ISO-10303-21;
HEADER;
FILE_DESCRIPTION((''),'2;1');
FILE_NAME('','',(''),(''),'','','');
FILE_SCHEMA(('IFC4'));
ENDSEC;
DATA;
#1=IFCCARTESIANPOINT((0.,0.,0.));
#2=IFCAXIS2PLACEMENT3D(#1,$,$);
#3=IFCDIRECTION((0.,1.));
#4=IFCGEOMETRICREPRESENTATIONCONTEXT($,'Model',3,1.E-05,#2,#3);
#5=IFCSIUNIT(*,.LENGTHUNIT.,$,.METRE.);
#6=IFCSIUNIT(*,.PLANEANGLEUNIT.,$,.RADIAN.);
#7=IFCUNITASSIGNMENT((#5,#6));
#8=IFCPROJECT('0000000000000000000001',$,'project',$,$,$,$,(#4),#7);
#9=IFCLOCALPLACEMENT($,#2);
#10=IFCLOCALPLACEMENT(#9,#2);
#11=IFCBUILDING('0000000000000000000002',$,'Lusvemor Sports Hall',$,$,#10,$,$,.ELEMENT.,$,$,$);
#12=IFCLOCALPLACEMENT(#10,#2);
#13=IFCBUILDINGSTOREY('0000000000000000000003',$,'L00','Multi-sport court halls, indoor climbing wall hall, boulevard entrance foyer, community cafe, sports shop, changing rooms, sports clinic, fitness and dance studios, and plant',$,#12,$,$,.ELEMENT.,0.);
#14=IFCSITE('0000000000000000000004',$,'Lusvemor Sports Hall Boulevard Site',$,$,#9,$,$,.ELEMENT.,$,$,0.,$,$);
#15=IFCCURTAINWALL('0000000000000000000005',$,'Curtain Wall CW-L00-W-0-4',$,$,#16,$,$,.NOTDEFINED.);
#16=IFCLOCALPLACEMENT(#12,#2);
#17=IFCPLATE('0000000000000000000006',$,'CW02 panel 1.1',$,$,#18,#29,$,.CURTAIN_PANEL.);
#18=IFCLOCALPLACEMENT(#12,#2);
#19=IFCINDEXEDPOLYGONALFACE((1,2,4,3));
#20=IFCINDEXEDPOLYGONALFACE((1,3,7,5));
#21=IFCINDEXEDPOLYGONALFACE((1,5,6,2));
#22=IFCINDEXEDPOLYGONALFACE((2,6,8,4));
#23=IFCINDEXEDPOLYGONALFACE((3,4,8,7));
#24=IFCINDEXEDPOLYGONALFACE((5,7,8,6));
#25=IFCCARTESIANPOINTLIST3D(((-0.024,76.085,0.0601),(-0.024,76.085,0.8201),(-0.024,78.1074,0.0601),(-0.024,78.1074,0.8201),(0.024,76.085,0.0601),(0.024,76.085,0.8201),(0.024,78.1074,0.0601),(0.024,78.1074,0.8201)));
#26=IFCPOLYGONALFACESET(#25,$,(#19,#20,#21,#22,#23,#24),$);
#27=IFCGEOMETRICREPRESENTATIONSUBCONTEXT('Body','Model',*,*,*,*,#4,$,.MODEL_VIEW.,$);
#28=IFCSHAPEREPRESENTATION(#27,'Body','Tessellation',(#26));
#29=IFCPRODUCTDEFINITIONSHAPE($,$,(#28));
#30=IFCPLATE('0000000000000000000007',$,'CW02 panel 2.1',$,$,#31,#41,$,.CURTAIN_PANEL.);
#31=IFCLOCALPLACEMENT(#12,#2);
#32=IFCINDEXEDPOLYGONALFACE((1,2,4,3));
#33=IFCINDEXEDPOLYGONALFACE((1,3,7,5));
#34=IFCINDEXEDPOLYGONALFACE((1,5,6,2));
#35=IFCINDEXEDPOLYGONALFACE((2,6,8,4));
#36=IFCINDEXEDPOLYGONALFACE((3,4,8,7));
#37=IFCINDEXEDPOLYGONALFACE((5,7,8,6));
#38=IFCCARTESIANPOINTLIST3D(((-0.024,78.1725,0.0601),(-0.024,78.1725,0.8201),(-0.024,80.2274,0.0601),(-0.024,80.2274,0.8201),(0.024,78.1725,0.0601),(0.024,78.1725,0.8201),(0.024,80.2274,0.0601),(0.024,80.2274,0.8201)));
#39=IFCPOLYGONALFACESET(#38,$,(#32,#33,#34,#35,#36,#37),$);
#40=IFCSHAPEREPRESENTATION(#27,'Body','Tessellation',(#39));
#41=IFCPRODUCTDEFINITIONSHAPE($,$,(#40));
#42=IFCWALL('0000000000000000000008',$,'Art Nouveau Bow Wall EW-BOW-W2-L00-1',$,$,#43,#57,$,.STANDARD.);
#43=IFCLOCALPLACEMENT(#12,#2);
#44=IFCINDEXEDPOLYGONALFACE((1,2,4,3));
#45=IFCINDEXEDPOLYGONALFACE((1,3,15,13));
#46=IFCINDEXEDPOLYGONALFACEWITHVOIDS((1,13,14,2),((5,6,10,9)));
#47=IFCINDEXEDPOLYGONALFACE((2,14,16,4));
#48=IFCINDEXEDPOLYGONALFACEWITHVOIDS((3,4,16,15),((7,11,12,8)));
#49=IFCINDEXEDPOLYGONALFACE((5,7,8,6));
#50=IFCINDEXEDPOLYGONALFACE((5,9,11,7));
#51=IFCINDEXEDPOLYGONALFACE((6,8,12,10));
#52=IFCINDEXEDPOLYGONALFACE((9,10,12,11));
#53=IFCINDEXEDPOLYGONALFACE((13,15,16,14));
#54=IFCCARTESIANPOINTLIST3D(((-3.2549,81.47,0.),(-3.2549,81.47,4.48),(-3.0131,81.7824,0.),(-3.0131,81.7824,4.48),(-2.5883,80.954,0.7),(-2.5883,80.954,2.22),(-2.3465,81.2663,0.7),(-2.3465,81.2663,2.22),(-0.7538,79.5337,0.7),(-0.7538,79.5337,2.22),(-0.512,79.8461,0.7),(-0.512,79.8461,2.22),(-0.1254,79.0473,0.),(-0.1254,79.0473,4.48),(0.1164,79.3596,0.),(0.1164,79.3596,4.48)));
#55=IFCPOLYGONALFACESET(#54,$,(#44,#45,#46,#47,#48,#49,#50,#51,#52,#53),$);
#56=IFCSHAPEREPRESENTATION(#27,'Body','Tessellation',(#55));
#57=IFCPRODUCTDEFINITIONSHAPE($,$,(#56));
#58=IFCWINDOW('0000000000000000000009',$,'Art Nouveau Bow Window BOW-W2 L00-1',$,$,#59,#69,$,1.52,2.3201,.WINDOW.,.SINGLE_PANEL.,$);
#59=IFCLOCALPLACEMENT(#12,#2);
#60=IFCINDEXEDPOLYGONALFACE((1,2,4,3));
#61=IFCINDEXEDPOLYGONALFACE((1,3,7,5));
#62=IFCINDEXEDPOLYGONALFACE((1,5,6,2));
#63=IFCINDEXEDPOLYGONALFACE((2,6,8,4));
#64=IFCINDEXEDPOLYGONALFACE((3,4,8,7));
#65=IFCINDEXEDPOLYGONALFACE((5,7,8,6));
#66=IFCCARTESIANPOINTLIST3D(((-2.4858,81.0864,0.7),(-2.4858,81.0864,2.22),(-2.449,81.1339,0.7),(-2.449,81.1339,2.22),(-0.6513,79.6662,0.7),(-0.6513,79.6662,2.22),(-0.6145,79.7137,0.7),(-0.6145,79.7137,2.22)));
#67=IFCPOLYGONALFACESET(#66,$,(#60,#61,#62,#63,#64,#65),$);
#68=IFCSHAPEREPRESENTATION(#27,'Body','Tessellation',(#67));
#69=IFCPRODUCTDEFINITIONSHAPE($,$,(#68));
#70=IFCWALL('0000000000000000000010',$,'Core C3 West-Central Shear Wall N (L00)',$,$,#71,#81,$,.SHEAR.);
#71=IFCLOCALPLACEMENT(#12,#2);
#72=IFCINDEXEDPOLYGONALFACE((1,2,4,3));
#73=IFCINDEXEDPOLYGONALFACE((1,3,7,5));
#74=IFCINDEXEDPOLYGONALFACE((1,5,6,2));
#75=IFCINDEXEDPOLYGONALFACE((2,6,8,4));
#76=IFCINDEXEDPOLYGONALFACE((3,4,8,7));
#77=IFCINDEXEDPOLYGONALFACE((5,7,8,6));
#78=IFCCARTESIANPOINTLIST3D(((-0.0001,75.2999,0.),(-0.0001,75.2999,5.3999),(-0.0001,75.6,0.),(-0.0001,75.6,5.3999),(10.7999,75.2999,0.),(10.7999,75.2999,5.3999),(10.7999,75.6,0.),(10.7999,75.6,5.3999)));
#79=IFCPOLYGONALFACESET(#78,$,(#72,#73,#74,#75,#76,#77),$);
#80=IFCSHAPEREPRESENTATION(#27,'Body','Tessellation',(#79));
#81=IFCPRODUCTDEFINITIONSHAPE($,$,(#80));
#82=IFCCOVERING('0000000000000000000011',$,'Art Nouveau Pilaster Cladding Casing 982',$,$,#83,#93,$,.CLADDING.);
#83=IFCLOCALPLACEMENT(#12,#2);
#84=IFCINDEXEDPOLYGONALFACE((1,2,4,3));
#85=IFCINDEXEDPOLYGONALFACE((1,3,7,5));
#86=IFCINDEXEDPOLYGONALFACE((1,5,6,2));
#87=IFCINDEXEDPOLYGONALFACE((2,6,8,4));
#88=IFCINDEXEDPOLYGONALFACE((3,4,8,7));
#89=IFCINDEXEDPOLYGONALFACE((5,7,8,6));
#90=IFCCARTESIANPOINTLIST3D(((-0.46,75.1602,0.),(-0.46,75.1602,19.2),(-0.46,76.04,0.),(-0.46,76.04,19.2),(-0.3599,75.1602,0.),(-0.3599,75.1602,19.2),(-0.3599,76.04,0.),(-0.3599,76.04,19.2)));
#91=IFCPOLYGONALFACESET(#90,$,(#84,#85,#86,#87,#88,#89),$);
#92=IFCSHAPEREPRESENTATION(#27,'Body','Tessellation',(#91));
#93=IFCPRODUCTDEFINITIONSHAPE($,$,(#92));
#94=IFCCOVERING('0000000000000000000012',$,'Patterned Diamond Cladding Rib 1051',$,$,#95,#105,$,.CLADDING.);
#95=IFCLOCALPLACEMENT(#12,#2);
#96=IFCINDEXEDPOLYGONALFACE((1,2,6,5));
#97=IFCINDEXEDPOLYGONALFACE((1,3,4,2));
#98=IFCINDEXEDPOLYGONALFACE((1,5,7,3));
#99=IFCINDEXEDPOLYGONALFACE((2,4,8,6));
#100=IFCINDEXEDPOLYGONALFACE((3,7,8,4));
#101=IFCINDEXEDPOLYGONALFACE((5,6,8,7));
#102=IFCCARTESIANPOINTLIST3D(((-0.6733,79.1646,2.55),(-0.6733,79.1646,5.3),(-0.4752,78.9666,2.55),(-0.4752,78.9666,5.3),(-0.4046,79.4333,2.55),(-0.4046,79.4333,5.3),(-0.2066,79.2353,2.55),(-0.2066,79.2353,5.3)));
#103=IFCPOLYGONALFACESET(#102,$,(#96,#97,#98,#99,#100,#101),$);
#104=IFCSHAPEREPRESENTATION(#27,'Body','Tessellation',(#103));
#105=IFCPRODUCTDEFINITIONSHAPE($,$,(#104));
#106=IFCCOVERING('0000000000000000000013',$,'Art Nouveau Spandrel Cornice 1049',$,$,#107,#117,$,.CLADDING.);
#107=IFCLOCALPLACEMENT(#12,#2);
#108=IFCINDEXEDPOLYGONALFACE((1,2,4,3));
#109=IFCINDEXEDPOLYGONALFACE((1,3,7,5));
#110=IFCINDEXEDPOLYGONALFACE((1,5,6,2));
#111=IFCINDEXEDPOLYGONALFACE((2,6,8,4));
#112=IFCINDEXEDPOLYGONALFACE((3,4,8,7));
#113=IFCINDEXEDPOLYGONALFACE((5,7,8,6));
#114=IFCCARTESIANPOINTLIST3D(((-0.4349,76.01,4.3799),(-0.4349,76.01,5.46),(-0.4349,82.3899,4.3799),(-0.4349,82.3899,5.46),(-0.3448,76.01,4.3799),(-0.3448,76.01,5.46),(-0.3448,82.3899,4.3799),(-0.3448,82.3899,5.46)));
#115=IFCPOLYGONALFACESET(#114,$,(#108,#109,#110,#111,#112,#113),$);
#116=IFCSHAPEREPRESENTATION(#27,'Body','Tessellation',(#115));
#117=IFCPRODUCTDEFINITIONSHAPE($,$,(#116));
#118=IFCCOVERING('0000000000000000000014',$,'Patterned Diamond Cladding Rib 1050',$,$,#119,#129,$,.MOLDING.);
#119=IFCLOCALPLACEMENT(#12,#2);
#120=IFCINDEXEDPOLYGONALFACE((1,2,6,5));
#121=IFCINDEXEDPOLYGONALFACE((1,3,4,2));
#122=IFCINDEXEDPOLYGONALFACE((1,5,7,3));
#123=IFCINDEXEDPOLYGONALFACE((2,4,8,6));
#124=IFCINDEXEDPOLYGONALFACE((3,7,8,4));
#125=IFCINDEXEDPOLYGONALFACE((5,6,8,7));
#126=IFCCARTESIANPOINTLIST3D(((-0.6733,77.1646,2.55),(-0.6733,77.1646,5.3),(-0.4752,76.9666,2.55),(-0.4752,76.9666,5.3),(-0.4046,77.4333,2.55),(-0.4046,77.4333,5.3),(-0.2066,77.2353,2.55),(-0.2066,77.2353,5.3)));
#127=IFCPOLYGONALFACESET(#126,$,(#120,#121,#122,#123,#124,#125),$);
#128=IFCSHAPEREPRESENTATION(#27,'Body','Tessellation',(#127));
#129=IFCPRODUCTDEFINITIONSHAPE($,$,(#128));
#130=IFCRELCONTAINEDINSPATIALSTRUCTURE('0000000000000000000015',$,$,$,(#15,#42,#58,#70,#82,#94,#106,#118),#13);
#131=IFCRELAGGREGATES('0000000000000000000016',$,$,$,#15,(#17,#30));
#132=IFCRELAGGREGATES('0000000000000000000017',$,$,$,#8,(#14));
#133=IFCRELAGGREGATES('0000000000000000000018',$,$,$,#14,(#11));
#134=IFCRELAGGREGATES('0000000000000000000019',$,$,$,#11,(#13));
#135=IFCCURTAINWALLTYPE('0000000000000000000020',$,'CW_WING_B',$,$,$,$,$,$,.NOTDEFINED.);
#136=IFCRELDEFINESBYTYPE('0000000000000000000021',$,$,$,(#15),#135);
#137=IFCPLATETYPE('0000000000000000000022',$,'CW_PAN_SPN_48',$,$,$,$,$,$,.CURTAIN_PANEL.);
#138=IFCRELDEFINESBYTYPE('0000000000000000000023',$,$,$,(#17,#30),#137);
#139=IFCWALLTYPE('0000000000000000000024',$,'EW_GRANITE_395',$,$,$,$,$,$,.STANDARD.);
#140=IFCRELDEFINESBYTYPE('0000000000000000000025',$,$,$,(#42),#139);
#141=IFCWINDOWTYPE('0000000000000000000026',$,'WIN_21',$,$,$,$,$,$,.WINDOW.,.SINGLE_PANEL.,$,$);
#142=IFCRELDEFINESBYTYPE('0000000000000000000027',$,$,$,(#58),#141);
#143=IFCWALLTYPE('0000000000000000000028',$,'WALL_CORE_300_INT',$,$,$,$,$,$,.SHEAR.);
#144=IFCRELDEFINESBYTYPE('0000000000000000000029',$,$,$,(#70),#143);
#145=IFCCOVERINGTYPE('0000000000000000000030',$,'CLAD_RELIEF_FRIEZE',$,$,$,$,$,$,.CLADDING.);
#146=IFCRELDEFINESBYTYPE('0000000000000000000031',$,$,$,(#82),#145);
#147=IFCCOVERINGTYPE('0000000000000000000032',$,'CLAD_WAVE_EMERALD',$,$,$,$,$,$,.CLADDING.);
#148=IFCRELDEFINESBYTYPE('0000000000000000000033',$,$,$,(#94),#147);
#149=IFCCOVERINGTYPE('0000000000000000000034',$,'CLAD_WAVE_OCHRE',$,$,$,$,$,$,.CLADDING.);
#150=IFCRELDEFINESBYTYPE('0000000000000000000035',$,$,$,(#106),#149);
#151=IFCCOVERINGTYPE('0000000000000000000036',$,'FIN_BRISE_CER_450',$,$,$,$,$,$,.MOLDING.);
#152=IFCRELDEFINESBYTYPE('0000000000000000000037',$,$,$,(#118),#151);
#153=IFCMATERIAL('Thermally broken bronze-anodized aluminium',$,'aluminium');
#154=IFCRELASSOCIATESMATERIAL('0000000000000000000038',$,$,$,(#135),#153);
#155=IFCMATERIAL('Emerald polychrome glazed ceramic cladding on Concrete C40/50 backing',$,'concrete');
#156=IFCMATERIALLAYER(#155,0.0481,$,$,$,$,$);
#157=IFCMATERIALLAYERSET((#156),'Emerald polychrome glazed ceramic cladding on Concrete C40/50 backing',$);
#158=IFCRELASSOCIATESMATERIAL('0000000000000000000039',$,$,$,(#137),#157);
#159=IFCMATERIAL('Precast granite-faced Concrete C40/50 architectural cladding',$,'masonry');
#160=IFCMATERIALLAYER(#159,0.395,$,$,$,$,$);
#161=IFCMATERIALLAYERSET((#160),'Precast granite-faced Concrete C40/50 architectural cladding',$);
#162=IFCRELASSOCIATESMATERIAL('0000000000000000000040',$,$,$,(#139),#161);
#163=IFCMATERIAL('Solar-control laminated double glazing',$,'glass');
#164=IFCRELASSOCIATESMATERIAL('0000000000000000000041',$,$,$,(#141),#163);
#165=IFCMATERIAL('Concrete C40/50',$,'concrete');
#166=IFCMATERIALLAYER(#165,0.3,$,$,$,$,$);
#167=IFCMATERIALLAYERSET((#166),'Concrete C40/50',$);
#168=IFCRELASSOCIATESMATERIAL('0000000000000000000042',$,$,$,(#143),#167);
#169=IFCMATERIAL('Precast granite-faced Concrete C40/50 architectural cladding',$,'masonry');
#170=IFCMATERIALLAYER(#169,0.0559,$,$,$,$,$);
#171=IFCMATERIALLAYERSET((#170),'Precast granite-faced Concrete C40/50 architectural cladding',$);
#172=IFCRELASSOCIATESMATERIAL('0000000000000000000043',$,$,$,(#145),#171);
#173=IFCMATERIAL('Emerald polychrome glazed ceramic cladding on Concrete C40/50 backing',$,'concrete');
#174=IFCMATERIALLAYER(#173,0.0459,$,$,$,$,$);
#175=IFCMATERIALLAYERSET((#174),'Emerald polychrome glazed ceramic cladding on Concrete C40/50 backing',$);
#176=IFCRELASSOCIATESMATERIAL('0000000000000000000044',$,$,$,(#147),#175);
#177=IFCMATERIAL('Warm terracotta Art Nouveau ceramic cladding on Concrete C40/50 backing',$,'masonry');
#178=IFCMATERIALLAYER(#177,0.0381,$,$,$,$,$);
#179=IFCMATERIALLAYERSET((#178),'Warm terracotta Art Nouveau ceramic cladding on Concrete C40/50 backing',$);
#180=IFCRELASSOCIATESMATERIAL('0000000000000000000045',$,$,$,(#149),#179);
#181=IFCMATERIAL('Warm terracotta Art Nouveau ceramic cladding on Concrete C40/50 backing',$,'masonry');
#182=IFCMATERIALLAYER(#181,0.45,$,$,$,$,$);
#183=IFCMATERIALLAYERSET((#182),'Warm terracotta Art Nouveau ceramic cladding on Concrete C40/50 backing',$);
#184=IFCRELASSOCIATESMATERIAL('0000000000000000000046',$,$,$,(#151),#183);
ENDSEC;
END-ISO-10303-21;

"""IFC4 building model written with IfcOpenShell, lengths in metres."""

from ifc_helpers import new_model, si_unit, direction, frame, frame_2d, origin, origin_2d, place, context, subcontext, project, spatial, rectangle, extrude, material, layer, layer_set, type_object, element, fill, aggregate, save


model = new_model("IFC4")

# Units and contexts
model_context = context("Model", 3, precision=1e-05, world=origin(), true_north=direction((0.0, 1.0)))
body_context = subcontext(model_context, "Body", "Model", "MODEL_VIEW")
ifc_project = project(units=[si_unit("LENGTHUNIT", "METRE"), si_unit("PLANEANGLEUNIT", "RADIAN")], contexts=[model_context])

# Site, building, storey
site_placement = place(None, origin())
site = spatial("IfcSite", under=ifc_project, at=site_placement, Name="Lusvemor Sports Hall Boulevard Site", CompositionType="ELEMENT", RefElevation=0.0)
building_placement = place(site_placement, origin())
building = spatial("IfcBuilding", under=site, at=building_placement, Name="Lusvemor Sports Hall", CompositionType="ELEMENT")
storey_placement = place(building_placement, origin())
storey = spatial("IfcBuildingStorey", under=building, at=storey_placement, Name="L00", Description="Multi-sport court halls, indoor climbing wall hall, boulevard entrance foyer, community cafe, sports shop, changing rooms, sports clinic, fitness and dance studios, and plant", CompositionType="ELEMENT", Elevation=0.0)

# Curtain wall, plates
ifc_material_1 = material(Name="Thermally broken bronze-anodized aluminium", Category="aluminium")
curtain_wall_type = type_object("IfcCurtainWallType", Name="CW_WING_B", PredefinedType="NOTDEFINED", material=ifc_material_1)
curtain_wall_placement = place(storey_placement, origin())
curtain_wall = element("IfcCurtainWall", 1, at=curtain_wall_placement, inside=storey, type_object=curtain_wall_type, Name="Curtain Wall CW-L00-W-0-4", PredefinedType="NOTDEFINED")
ifc_material_2 = material(Name="Emerald polychrome glazed ceramic cladding on Concrete C40/50 backing", Category="concrete")
ifc_layer_1 = layer(ifc_material_2, 0.0481)
ifc_layer_set_1 = layer_set([ifc_layer_1], Name="Emerald polychrome glazed ceramic cladding on Concrete C40/50 backing")
plate_type_1 = type_object("IfcPlateType", Name="CW_PAN_SPN_48", PredefinedType="CURTAIN_PANEL", material=ifc_layer_set_1)
plate_1_placement = place(storey_placement, frame((0.0, 77.0962, 0.0601), z_axis=(0.0, 0.0, 1.0), x_axis=(0.0, 1.0, 0.0)))
plate_1 = element("IfcPlate", 2, at=plate_1_placement, type_object=plate_type_1, Name="CW02 panel 1.1", PredefinedType="CURTAIN_PANEL", context=body_context, shape_type="SweptSolid", body=[
    extrude(rectangle(XDim=2.0225, YDim=0.0481, at=origin_2d()), origin(), (0.0, 0.0, 1.0), 0.76),
])
plate_2_placement = place(storey_placement, frame((0.0, 79.2, 0.0601), z_axis=(0.0, 0.0, 1.0), x_axis=(0.0, 1.0, 0.0)))
plate_2 = element("IfcPlate", 3, at=plate_2_placement, type_object=plate_type_1, Name="CW02 panel 2.1", PredefinedType="CURTAIN_PANEL", context=body_context, shape_type="SweptSolid", body=[
    extrude(rectangle(XDim=2.0549, YDim=0.0481, at=origin_2d()), origin(), (0.0, 0.0, 1.0), 0.76),
])
aggregate(curtain_wall, [plate_1, plate_2])

# Wall, opening, window
ifc_material_3 = material(Name="Precast granite-faced Concrete C40/50 architectural cladding", Category="masonry")
ifc_layer_2 = layer(ifc_material_3, 0.395)
ifc_layer_set_2 = layer_set([ifc_layer_2], Name="Precast granite-faced Concrete C40/50 architectural cladding")
wall_type_1 = type_object("IfcWallType", Name="EW_GRANITE_395", PredefinedType="STANDARD", material=ifc_layer_set_2)
wall_1_placement = place(storey_placement, frame((-0.0044, 79.2034, 0.0), z_axis=(0.0, 0.0, 1.0), x_axis=(-0.790735, 0.612158, 0.0)))
wall_1 = element("IfcWall", 4, at=wall_1_placement, inside=storey, type_object=wall_type_1, Name="Art Nouveau Bow Wall EW-BOW-W2-L00-1", PredefinedType="STANDARD", context=body_context, shape_type="SweptSolid", body=[
    extrude(rectangle(XDim=3.9578, YDim=0.395, at=frame_2d((1.979, 0.0))), origin(), (0.0, 0.0, 1.0), 4.48),
])
opening_placement = place(wall_1_placement, frame((0.7947, 0.0, 0.7)))
opening = element("IfcOpeningElement", 5, at=opening_placement, cuts=wall_1, PredefinedType="OPENING", context=body_context, shape_type="SweptSolid", body=[
    extrude(rectangle(XDim=2.3201, YDim=1.52, at=frame_2d((1.1602, 0.76))), frame((0.0, 0.1975, 0.0), z_axis=(0.0, -1.0, 0.0), x_axis=(1.0, 0.0, 0.0)), (0.0, 0.0, 1.0), 0.395),
])
ifc_material_4 = material(Name="Solar-control laminated double glazing", Category="glass")
window_type = type_object("IfcWindowType", Name="WIN_21", PartitioningType="SINGLE_PANEL", PredefinedType="WINDOW", material=ifc_material_4)
window_placement = place(opening_placement, origin())
window = element("IfcWindow", 6, at=window_placement, inside=storey, type_object=window_type, Name="Art Nouveau Bow Window BOW-W2 L00-1", OverallHeight=1.52, OverallWidth=2.3201, PartitioningType="SINGLE_PANEL", PredefinedType="WINDOW", context=body_context, shape_type="SweptSolid", body=[
    extrude(rectangle(XDim=2.3201, YDim=1.52, at=frame_2d((1.1602, 0.76))), frame((0.0, 0.03, 0.0), z_axis=(0.0, -1.0, 0.0), x_axis=(1.0, 0.0, 0.0)), (0.0, 0.0, 1.0), 0.0601),
])
fill(opening, window)

# Wall
ifc_material_5 = material(Name="Concrete C40/50", Category="concrete")
ifc_layer_3 = layer(ifc_material_5, 0.3)
ifc_layer_set_3 = layer_set([ifc_layer_3], Name="Concrete C40/50")
wall_type_2 = type_object("IfcWallType", Name="WALL_CORE_300_INT", PredefinedType="SHEAR", material=ifc_layer_set_3)
wall_2_placement = place(storey_placement, frame((0.0, 75.45, 0.0), z_axis=(0.0, 0.0, 1.0), x_axis=(1.0, 0.0, 0.0)))
element("IfcWall", 7, at=wall_2_placement, inside=storey, type_object=wall_type_2, Name="Core C3 West-Central Shear Wall N (L00)", PredefinedType="SHEAR", context=body_context, shape_type="SweptSolid", body=[
    extrude(rectangle(XDim=10.8, YDim=0.3, at=frame_2d((5.3999, 0.0))), origin(), (0.0, 0.0, 1.0), 5.3999),
])

# Coverings
ifc_material_6 = material(Name="Precast granite-faced Concrete C40/50 architectural cladding", Category="masonry")
ifc_layer_4 = layer(ifc_material_6, 0.0559)
ifc_layer_set_4 = layer_set([ifc_layer_4], Name="Precast granite-faced Concrete C40/50 architectural cladding")
covering_type_1 = type_object("IfcCoveringType", Name="CLAD_RELIEF_FRIEZE", PredefinedType="CLADDING", material=ifc_layer_set_4)
covering_1_placement = place(storey_placement, frame((-0.4099, 75.6001, 0.0), z_axis=(0.0, 0.0, 1.0), x_axis=(1.0, 0.0, 0.0)))
element("IfcCovering", 8, at=covering_1_placement, inside=storey, type_object=covering_type_1, Name="Art Nouveau Pilaster Cladding Casing 982", PredefinedType="CLADDING", context=body_context, shape_type="SweptSolid", body=[
    extrude(rectangle(XDim=0.1001, YDim=0.8799, at=origin_2d()), origin(), (0.0, 0.0, 1.0), 19.2),
])
ifc_material_7 = material(Name="Emerald polychrome glazed ceramic cladding on Concrete C40/50 backing", Category="concrete")
ifc_layer_5 = layer(ifc_material_7, 0.0459)
ifc_layer_set_5 = layer_set([ifc_layer_5], Name="Emerald polychrome glazed ceramic cladding on Concrete C40/50 backing")
covering_type_2 = type_object("IfcCoveringType", Name="CLAD_WAVE_EMERALD", PredefinedType="CLADDING", material=ifc_layer_set_5)
covering_2_placement = place(storey_placement, frame((-0.4399, 79.2, 2.55), z_axis=(0.0, 0.0, 1.0), x_axis=(0.707107, 0.707107, 0.0)))
element("IfcCovering", 9, at=covering_2_placement, inside=storey, type_object=covering_type_2, Name="Patterned Diamond Cladding Rib 1051", PredefinedType="CLADDING", context=body_context, shape_type="SweptSolid", body=[
    extrude(rectangle(XDim=0.3799, YDim=0.28, at=origin_2d()), origin(), (0.0, 0.0, 1.0), 2.75),
])
ifc_material_8 = material(Name="Warm terracotta Art Nouveau ceramic cladding on Concrete C40/50 backing", Category="masonry")
ifc_layer_6 = layer(ifc_material_8, 0.0381)
ifc_layer_set_6 = layer_set([ifc_layer_6], Name="Warm terracotta Art Nouveau ceramic cladding on Concrete C40/50 backing")
covering_type_3 = type_object("IfcCoveringType", Name="CLAD_WAVE_OCHRE", PredefinedType="CLADDING", material=ifc_layer_set_6)
covering_3_placement = place(storey_placement, frame((-0.3899, 79.2, 4.3799), z_axis=(0.0, 0.0, 1.0), x_axis=(1.0, 0.0, 0.0)))
element("IfcCovering", 10, at=covering_3_placement, inside=storey, type_object=covering_type_3, Name="Art Nouveau Spandrel Cornice 1049", PredefinedType="CLADDING", context=body_context, shape_type="SweptSolid", body=[
    extrude(rectangle(XDim=0.0901, YDim=6.3799, at=origin_2d()), origin(), (0.0, 0.0, 1.0), 1.0801),
])
ifc_material_9 = material(Name="Warm terracotta Art Nouveau ceramic cladding on Concrete C40/50 backing", Category="masonry")
ifc_layer_7 = layer(ifc_material_9, 0.45)
ifc_layer_set_7 = layer_set([ifc_layer_7], Name="Warm terracotta Art Nouveau ceramic cladding on Concrete C40/50 backing")
covering_type_4 = type_object("IfcCoveringType", Name="FIN_BRISE_CER_450", PredefinedType="MOLDING", material=ifc_layer_set_7)
covering_4_placement = place(storey_placement, frame((-0.4399, 77.2, 2.55), z_axis=(0.0, 0.0, 1.0), x_axis=(0.707107, 0.707107, 0.0)))
element("IfcCovering", 11, at=covering_4_placement, inside=storey, type_object=covering_type_4, Name="Patterned Diamond Cladding Rib 1050", PredefinedType="MOLDING", context=body_context, shape_type="SweptSolid", body=[
    extrude(rectangle(XDim=0.3799, YDim=0.28, at=origin_2d()), origin(), (0.0, 0.0, 1.0), 2.75),
])

save(model, "model.ifc")
